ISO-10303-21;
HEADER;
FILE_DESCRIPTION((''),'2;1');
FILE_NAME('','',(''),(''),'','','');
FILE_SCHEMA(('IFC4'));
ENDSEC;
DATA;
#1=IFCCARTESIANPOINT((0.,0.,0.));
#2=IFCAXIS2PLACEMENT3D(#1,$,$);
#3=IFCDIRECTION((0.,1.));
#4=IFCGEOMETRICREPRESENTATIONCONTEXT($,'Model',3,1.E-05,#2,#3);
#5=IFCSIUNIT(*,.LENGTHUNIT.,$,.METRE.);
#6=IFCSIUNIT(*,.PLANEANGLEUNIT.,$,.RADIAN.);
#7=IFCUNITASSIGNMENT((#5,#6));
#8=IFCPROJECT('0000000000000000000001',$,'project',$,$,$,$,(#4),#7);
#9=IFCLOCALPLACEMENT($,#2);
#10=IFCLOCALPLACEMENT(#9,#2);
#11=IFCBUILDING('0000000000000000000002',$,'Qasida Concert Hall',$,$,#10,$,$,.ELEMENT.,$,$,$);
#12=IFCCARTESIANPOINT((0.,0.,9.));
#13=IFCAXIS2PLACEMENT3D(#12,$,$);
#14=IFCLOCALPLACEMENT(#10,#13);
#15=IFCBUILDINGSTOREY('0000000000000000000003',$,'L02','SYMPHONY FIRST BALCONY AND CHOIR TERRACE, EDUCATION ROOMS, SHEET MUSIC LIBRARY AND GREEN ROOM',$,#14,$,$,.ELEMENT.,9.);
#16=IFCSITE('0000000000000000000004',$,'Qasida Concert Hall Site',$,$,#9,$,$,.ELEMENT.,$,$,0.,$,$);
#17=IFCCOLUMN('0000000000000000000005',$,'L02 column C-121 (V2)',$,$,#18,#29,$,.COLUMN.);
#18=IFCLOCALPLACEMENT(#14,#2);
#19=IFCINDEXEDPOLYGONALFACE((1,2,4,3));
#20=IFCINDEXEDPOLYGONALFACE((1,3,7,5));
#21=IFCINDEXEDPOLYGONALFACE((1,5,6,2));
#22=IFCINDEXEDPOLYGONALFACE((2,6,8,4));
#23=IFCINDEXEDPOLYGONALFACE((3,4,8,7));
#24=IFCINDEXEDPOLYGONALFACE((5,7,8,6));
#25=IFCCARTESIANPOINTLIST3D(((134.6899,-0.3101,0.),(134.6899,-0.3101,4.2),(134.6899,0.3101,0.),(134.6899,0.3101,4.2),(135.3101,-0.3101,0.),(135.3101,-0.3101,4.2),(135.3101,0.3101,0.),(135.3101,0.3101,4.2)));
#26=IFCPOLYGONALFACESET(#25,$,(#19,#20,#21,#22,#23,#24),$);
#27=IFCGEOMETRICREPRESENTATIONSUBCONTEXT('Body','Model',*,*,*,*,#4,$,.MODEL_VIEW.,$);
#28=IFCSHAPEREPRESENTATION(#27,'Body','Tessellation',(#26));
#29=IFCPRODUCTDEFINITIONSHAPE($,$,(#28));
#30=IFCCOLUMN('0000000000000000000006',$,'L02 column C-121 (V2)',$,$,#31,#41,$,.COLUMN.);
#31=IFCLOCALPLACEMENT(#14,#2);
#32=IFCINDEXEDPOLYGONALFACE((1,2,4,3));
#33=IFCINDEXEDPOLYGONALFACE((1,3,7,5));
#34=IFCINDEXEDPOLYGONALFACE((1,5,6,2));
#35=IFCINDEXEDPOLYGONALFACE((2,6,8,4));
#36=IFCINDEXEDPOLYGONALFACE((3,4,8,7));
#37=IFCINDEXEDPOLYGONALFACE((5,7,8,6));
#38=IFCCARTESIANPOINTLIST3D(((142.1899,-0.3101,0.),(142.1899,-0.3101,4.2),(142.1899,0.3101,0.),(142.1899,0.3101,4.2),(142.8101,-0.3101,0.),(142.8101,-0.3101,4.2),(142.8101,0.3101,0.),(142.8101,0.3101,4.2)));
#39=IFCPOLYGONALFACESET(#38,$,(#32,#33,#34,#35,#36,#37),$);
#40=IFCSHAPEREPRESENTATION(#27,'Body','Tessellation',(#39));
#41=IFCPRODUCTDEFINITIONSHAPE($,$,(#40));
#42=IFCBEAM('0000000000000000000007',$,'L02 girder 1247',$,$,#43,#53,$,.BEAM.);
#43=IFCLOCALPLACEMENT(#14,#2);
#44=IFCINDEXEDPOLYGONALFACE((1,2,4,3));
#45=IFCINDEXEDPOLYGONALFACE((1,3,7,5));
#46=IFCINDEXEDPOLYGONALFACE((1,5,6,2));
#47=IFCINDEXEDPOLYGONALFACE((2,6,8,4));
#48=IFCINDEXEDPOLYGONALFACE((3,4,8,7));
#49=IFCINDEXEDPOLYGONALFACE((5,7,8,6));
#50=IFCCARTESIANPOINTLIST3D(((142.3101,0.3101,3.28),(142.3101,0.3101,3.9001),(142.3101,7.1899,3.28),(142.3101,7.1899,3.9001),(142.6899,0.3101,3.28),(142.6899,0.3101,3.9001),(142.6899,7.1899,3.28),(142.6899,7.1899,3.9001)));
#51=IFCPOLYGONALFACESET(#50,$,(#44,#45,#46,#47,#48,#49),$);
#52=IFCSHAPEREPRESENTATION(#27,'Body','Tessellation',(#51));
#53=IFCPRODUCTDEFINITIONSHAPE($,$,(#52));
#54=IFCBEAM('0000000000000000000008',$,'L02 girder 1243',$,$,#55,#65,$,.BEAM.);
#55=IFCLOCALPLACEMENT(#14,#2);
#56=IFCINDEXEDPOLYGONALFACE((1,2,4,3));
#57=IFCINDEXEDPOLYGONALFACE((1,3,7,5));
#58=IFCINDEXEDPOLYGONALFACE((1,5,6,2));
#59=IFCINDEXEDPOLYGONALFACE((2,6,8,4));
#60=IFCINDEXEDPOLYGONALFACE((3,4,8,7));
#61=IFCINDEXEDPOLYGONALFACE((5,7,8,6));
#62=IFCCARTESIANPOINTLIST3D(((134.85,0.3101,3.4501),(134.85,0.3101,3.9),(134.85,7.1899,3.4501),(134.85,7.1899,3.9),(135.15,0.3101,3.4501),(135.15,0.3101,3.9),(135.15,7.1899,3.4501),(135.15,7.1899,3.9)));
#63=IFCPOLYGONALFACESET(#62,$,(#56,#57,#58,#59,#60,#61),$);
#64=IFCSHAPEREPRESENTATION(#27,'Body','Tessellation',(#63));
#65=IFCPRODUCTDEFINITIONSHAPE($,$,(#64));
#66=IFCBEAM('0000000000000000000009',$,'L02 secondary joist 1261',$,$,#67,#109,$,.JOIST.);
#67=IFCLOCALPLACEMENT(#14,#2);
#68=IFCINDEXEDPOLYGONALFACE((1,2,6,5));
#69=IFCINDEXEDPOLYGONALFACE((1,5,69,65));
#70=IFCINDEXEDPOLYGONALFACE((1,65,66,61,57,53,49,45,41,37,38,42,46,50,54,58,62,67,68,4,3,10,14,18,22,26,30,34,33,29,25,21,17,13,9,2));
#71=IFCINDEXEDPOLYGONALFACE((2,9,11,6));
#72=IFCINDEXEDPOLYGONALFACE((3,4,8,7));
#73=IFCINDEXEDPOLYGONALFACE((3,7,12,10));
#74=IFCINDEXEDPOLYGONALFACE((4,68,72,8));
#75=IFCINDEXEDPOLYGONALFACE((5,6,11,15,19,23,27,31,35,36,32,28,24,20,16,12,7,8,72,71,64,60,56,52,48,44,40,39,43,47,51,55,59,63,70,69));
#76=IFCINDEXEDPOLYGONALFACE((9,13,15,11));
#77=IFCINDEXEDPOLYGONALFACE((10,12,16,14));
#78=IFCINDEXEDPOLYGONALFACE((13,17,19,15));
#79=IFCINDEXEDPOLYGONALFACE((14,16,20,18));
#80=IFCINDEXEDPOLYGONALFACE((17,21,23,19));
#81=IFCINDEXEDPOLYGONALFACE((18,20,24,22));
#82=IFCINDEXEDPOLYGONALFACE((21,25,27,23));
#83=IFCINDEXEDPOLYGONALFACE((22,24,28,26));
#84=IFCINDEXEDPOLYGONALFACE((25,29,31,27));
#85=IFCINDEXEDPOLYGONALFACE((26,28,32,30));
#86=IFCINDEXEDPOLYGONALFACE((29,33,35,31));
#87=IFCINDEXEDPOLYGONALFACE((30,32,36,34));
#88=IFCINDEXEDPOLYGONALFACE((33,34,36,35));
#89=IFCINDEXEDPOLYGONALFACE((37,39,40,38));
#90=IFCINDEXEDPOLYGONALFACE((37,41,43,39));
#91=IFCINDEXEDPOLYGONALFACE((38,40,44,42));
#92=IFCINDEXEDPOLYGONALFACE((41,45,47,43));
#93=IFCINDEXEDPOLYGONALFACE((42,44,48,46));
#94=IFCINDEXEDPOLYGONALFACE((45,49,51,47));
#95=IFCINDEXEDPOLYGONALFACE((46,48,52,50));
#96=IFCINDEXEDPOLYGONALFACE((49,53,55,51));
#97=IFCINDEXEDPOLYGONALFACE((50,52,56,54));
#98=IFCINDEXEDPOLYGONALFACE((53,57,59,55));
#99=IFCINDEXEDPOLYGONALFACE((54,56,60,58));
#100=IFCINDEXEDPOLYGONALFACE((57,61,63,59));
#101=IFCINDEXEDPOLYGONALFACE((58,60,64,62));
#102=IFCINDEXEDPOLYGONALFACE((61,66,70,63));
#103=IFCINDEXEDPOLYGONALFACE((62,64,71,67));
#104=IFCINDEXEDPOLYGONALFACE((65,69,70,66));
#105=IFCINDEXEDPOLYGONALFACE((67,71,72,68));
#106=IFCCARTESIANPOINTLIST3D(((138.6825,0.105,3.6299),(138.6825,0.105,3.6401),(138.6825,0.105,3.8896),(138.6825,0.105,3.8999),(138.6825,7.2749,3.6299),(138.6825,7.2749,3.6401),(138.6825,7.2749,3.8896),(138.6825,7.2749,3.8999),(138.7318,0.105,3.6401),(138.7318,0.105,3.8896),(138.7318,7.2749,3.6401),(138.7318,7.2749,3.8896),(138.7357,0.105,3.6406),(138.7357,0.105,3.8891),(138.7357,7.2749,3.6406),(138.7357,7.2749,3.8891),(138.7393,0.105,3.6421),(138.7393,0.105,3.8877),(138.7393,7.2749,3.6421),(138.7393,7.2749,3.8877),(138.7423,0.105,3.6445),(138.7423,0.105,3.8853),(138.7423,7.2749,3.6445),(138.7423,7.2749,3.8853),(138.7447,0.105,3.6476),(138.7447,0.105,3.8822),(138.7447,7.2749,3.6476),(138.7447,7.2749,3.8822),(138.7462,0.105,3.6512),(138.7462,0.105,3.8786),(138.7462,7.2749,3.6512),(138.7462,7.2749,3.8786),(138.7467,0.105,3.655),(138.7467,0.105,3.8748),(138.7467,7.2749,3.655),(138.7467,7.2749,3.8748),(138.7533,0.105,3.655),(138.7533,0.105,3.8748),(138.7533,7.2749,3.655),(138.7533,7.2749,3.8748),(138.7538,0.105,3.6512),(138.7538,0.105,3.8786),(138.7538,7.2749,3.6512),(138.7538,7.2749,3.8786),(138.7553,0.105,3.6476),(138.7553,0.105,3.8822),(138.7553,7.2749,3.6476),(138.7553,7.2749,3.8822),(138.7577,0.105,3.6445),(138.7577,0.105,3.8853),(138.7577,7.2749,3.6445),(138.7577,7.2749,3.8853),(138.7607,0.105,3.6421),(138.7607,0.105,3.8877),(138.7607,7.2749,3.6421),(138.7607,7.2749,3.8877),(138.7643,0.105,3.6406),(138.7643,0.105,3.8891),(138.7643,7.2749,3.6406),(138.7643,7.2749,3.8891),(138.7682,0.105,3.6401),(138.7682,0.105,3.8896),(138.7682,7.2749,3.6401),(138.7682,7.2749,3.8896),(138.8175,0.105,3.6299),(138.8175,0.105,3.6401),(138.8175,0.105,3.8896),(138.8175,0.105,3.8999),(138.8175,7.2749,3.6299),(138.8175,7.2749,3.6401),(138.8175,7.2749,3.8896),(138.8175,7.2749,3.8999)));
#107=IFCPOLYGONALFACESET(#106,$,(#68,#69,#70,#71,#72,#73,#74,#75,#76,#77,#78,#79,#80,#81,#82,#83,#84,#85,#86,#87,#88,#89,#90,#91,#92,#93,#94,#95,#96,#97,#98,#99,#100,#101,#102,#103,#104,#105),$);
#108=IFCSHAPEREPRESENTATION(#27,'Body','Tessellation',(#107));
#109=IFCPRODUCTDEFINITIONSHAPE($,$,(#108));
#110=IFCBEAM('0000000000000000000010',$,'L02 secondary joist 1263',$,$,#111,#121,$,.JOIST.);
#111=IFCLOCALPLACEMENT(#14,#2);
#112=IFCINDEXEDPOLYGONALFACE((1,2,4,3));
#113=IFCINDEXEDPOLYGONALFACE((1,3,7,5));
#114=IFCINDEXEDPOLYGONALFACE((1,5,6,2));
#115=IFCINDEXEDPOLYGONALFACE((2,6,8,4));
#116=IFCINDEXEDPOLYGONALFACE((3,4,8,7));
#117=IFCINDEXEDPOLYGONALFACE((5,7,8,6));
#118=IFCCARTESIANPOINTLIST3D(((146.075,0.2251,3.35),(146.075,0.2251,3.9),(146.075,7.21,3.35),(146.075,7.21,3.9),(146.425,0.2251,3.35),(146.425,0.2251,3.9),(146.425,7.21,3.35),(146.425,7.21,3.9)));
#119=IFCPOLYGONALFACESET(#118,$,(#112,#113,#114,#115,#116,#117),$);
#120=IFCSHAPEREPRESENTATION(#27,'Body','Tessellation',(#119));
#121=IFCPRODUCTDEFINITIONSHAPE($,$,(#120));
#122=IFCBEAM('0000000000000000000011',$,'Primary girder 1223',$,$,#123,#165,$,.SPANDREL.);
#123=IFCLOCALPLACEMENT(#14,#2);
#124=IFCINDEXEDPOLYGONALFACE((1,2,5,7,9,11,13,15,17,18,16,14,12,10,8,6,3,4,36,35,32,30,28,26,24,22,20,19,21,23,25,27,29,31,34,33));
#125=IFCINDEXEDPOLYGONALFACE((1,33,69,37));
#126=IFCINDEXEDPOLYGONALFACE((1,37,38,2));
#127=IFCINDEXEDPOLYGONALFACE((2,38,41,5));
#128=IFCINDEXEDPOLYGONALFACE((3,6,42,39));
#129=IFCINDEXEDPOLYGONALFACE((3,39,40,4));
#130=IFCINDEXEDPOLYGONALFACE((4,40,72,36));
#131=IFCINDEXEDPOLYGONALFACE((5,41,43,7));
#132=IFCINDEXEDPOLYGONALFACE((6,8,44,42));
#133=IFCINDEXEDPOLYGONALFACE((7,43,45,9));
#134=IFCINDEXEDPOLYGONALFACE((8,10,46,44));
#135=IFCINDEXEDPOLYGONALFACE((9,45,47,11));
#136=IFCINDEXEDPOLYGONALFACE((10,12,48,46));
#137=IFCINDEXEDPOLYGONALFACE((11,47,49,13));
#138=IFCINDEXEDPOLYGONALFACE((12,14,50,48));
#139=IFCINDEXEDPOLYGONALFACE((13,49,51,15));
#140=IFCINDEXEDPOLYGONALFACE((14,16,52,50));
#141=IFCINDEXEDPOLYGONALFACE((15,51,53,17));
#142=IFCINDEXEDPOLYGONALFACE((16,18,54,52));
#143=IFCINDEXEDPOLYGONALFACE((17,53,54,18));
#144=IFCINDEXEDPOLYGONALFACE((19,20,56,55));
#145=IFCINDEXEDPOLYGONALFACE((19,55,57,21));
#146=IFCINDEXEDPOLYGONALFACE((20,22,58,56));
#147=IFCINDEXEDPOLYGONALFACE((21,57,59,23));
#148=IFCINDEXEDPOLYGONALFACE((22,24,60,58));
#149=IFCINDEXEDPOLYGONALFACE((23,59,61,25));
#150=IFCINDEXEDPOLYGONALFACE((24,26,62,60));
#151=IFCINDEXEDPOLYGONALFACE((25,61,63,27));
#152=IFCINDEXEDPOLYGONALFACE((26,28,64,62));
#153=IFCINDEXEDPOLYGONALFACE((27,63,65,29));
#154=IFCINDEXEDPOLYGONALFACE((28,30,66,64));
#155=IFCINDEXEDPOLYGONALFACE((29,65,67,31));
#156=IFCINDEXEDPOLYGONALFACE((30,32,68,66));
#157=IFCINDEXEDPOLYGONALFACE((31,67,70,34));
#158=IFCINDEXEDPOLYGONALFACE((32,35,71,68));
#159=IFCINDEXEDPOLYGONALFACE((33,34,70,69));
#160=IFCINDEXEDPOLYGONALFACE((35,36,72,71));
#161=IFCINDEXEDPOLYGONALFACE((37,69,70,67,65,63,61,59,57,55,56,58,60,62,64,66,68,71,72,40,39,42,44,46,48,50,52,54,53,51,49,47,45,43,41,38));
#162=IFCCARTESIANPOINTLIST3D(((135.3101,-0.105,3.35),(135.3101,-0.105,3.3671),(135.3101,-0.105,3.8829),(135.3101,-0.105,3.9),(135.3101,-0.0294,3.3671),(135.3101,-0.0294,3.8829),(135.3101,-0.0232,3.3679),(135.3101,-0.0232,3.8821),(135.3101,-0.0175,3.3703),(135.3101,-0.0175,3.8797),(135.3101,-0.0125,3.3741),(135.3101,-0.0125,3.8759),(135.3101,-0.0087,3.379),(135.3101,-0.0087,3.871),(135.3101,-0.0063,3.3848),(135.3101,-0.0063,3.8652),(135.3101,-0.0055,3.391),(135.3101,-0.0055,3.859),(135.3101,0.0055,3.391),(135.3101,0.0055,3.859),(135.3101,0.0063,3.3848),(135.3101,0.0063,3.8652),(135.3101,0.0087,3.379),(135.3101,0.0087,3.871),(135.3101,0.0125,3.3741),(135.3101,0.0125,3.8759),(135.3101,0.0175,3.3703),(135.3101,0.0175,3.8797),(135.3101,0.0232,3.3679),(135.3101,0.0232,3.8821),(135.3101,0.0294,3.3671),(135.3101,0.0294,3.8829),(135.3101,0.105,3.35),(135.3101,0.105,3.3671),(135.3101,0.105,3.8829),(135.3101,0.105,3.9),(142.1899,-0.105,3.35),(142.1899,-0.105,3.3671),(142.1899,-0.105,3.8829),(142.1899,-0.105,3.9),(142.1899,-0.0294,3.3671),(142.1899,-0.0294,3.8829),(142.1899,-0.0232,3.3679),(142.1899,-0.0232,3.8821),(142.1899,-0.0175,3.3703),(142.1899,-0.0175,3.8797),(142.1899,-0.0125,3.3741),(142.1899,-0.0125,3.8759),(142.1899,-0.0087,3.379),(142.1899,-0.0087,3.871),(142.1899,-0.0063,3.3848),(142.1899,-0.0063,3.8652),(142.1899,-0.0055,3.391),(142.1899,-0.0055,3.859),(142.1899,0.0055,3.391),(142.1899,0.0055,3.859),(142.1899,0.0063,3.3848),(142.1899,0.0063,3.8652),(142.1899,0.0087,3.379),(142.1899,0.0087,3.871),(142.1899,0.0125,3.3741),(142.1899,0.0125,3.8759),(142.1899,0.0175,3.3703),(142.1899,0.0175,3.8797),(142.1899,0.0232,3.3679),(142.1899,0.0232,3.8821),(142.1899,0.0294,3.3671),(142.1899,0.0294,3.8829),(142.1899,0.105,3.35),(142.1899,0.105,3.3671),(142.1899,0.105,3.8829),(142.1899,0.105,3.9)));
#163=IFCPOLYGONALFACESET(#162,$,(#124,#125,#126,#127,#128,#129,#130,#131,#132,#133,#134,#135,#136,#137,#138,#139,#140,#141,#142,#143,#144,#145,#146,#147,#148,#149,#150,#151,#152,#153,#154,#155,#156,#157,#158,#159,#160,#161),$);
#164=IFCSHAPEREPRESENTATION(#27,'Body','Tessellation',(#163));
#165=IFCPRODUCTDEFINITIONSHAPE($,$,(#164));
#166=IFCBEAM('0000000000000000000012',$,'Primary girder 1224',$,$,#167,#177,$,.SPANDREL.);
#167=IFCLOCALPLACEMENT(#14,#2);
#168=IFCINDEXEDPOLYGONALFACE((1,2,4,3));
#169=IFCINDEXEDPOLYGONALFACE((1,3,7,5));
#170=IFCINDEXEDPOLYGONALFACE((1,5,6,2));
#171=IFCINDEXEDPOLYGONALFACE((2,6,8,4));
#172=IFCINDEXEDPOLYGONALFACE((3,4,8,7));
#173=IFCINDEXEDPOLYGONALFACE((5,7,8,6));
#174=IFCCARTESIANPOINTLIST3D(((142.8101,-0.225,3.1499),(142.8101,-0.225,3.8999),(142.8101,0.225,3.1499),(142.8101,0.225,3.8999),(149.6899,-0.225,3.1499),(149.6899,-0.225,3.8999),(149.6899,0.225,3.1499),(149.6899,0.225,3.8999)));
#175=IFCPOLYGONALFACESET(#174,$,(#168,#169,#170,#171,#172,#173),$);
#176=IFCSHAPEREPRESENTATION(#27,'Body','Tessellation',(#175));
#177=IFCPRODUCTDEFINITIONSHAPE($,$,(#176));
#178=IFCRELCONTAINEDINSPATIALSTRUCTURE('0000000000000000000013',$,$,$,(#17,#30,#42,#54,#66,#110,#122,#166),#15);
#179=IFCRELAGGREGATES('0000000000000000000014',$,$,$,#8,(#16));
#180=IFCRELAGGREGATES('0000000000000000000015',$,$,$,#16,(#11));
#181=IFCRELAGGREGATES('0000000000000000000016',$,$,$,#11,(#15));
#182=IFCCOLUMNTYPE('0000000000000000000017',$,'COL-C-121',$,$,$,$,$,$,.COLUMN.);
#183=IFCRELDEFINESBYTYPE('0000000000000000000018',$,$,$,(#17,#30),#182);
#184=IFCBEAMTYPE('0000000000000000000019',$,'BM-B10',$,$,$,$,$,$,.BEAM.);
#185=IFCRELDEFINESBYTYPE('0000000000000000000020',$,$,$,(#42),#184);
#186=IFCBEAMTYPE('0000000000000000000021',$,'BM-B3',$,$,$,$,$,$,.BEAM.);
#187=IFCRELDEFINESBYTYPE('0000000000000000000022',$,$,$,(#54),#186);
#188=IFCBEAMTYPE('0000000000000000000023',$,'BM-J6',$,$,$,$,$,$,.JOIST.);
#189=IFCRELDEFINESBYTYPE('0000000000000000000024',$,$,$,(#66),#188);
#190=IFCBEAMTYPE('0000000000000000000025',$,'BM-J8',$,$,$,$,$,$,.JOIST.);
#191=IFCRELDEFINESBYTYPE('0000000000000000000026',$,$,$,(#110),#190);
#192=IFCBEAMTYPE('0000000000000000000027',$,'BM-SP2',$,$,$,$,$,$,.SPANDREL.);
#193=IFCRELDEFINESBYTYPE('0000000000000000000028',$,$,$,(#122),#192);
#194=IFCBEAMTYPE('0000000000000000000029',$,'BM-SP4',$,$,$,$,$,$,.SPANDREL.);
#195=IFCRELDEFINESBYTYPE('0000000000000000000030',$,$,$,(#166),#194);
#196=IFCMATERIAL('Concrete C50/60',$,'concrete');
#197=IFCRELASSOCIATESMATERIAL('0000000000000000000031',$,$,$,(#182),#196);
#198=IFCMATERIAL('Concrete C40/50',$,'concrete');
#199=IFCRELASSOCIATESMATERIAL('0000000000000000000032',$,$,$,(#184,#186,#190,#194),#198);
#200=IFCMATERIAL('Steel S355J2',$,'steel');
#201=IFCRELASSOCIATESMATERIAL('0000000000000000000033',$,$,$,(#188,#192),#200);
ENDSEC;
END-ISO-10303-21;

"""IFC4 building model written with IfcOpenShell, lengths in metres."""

from ifc_helpers import new_model, si_unit, direction, frame, origin, origin_2d, place, context, subcontext, project, spatial, rectangle, i_section, extrude, material, material_profile, profile_set, type_object, element, save


model = new_model("IFC4")

# Units and contexts
model_context = context("Model", 3, precision=1e-05, world=origin(), true_north=direction((0.0, 1.0)))
body_context = subcontext(model_context, "Body", "Model", "MODEL_VIEW")
ifc_project = project(units=[si_unit("LENGTHUNIT", "METRE"), si_unit("PLANEANGLEUNIT", "RADIAN")], contexts=[model_context])

# Site, building, storey
site_placement = place(None, origin())
site = spatial("IfcSite", under=ifc_project, at=site_placement, Name="Qasida Concert Hall Site", CompositionType="ELEMENT", RefElevation=0.0)
building_placement = place(site_placement, origin())
building = spatial("IfcBuilding", under=site, at=building_placement, Name="Qasida Concert Hall", CompositionType="ELEMENT")
storey_placement = place(building_placement, frame((0.0, 0.0, 9.0)))
storey = spatial("IfcBuildingStorey", under=building, at=storey_placement, Name="L02", Description="SYMPHONY FIRST BALCONY AND CHOIR TERRACE, EDUCATION ROOMS, SHEET MUSIC LIBRARY AND GREEN ROOM", CompositionType="ELEMENT", Elevation=9.0)

# Columns
ifc_material_1 = material(Name="Concrete C50/60", Category="concrete")
ifc_material_profile_1 = material_profile(ifc_material_1, rectangle(XDim=0.6201, YDim=0.6201, at=origin_2d()), Name="RC 620x620")
ifc_profile_set_1 = profile_set([ifc_material_profile_1], Name="Concrete C50/60")
column_type = type_object("IfcColumnType", Name="COL-C-121", PredefinedType="COLUMN", material=ifc_profile_set_1)
for number, where, z_axis, x_axis, name in (
    (1, (135.0, 0.0, 0.0), (0.0, 0.0, 1.0), (1.0, 0.0, 0.0), "L02 column C-121 (V2)"),
    (2, (142.5, 0.0, 0.0), (0.0, 0.0, 1.0), (1.0, 0.0, 0.0), "L02 column C-121 (V2)"),
):
    element("IfcColumn", number, at=place(storey_placement, frame(where, z_axis=z_axis, x_axis=x_axis)), inside=storey, type_object=column_type, Name=name, PredefinedType="COLUMN", context=body_context, shape_type="SweptSolid", body=[
        extrude(rectangle(XDim=0.6201, YDim=0.6201, at=origin_2d()), origin(), (0.0, 0.0, 1.0), 4.2),
    ])

# Beams
ifc_material_2 = material(Name="Concrete C40/50", Category="concrete")
ifc_material_profile_2 = material_profile(ifc_material_2, rectangle(XDim=0.3799, YDim=0.6201, at=origin_2d()), Name="RC 380x620")
ifc_profile_set_2 = profile_set([ifc_material_profile_2], Name="Concrete C40/50")
beam_type_1 = type_object("IfcBeamType", Name="BM-B10", PredefinedType="BEAM", material=ifc_profile_set_2)
beam_1_placement = place(storey_placement, frame((142.5, 0.3101, 3.5901), z_axis=(0.0, 1.0, 0.0), x_axis=(-1.0, 0.0, 0.0)))
element("IfcBeam", 3, at=beam_1_placement, inside=storey, type_object=beam_type_1, Name="L02 girder 1247", PredefinedType="BEAM", context=body_context, shape_type="SweptSolid", body=[
    extrude(rectangle(XDim=0.3799, YDim=0.6201, at=origin_2d()), origin(), (0.0, 0.0, 1.0), 6.8799),
])
ifc_material_profile_3 = material_profile(ifc_material_2, rectangle(XDim=0.3, YDim=0.45, at=origin_2d()), Name="RC 300x450")
ifc_profile_set_3 = profile_set([ifc_material_profile_3], Name="Concrete C40/50")
beam_type_2 = type_object("IfcBeamType", Name="BM-B3", PredefinedType="BEAM", material=ifc_profile_set_3)
beam_2_placement = place(storey_placement, frame((135.0, 0.3101, 3.675), z_axis=(0.0, 1.0, 0.0), x_axis=(-1.0, 0.0, 0.0)))
element("IfcBeam", 4, at=beam_2_placement, inside=storey, type_object=beam_type_2, Name="L02 girder 1243", PredefinedType="BEAM", context=body_context, shape_type="SweptSolid", body=[
    extrude(rectangle(XDim=0.3, YDim=0.45, at=origin_2d()), origin(), (0.0, 0.0, 1.0), 6.8799),
])
ifc_material_3 = material(Name="Steel S355J2", Category="steel")
ifc_material_profile_4 = material_profile(ifc_material_3, i_section(OverallWidth=0.135, OverallDepth=0.27, WebThickness=0.0066, FlangeThickness=0.0103, FilletRadius=0.0149, at=origin_2d()), Name="IPE 270")
ifc_profile_set_4 = profile_set([ifc_material_profile_4], Name="Steel S355J2")
beam_type_3 = type_object("IfcBeamType", Name="BM-J6", PredefinedType="JOIST", material=ifc_profile_set_4)
beam_3_placement = place(storey_placement, frame((138.75, 0.105, 3.7649), z_axis=(0.0, 1.0, 0.0), x_axis=(-1.0, 0.0, 0.0)))
element("IfcBeam", 5, at=beam_3_placement, inside=storey, type_object=beam_type_3, Name="L02 secondary joist 1261", PredefinedType="JOIST", context=body_context, shape_type="SweptSolid", body=[
    extrude(i_section(OverallWidth=0.135, OverallDepth=0.27, WebThickness=0.0066, FlangeThickness=0.0103, FilletRadius=0.0149, at=origin_2d()), origin(), (0.0, 0.0, 1.0), 7.1699),
])
ifc_material_profile_5 = material_profile(ifc_material_2, rectangle(XDim=0.3501, YDim=0.55, at=origin_2d()), Name="RC 350x550")
ifc_profile_set_5 = profile_set([ifc_material_profile_5], Name="Concrete C40/50")
beam_type_4 = type_object("IfcBeamType", Name="BM-J8", PredefinedType="JOIST", material=ifc_profile_set_5)
beam_4_placement = place(storey_placement, frame((146.25, 0.2251, 3.625), z_axis=(0.0, 1.0, 0.0), x_axis=(-1.0, 0.0, 0.0)))
element("IfcBeam", 6, at=beam_4_placement, inside=storey, type_object=beam_type_4, Name="L02 secondary joist 1263", PredefinedType="JOIST", context=body_context, shape_type="SweptSolid", body=[
    extrude(rectangle(XDim=0.3501, YDim=0.55, at=origin_2d()), origin(), (0.0, 0.0, 1.0), 6.9849),
])
ifc_material_profile_6 = material_profile(ifc_material_3, i_section(OverallWidth=0.21, OverallDepth=0.55, WebThickness=0.011, FlangeThickness=0.0171, FilletRadius=0.0239, at=origin_2d()), Name="IPE 550")
ifc_profile_set_6 = profile_set([ifc_material_profile_6], Name="Steel S355J2")
beam_type_5 = type_object("IfcBeamType", Name="BM-SP2", PredefinedType="SPANDREL", material=ifc_profile_set_6)
beam_5_placement = place(storey_placement, frame((135.3101, 0.0, 3.625), z_axis=(1.0, 0.0, 0.0), x_axis=(0.0, 1.0, 0.0)))
element("IfcBeam", 7, at=beam_5_placement, inside=storey, type_object=beam_type_5, Name="Primary girder 1223", PredefinedType="SPANDREL", context=body_context, shape_type="SweptSolid", body=[
    extrude(i_section(OverallWidth=0.21, OverallDepth=0.55, WebThickness=0.011, FlangeThickness=0.0171, FilletRadius=0.0239, at=origin_2d()), origin(), (0.0, 0.0, 1.0), 6.8799),
])
ifc_material_profile_7 = material_profile(ifc_material_2, rectangle(XDim=0.45, YDim=0.75, at=origin_2d()), Name="RC 450x750")
ifc_profile_set_7 = profile_set([ifc_material_profile_7], Name="Concrete C40/50")
beam_type_6 = type_object("IfcBeamType", Name="BM-SP4", PredefinedType="SPANDREL", material=ifc_profile_set_7)
beam_6_placement = place(storey_placement, frame((142.8101, 0.0, 3.5249), z_axis=(1.0, 0.0, 0.0), x_axis=(0.0, 1.0, 0.0)))
element("IfcBeam", 8, at=beam_6_placement, inside=storey, type_object=beam_type_6, Name="Primary girder 1224", PredefinedType="SPANDREL", context=body_context, shape_type="SweptSolid", body=[
    extrude(rectangle(XDim=0.45, YDim=0.75, at=origin_2d()), origin(), (0.0, 0.0, 1.0), 6.8799),
])

save(model, "model.ifc")
